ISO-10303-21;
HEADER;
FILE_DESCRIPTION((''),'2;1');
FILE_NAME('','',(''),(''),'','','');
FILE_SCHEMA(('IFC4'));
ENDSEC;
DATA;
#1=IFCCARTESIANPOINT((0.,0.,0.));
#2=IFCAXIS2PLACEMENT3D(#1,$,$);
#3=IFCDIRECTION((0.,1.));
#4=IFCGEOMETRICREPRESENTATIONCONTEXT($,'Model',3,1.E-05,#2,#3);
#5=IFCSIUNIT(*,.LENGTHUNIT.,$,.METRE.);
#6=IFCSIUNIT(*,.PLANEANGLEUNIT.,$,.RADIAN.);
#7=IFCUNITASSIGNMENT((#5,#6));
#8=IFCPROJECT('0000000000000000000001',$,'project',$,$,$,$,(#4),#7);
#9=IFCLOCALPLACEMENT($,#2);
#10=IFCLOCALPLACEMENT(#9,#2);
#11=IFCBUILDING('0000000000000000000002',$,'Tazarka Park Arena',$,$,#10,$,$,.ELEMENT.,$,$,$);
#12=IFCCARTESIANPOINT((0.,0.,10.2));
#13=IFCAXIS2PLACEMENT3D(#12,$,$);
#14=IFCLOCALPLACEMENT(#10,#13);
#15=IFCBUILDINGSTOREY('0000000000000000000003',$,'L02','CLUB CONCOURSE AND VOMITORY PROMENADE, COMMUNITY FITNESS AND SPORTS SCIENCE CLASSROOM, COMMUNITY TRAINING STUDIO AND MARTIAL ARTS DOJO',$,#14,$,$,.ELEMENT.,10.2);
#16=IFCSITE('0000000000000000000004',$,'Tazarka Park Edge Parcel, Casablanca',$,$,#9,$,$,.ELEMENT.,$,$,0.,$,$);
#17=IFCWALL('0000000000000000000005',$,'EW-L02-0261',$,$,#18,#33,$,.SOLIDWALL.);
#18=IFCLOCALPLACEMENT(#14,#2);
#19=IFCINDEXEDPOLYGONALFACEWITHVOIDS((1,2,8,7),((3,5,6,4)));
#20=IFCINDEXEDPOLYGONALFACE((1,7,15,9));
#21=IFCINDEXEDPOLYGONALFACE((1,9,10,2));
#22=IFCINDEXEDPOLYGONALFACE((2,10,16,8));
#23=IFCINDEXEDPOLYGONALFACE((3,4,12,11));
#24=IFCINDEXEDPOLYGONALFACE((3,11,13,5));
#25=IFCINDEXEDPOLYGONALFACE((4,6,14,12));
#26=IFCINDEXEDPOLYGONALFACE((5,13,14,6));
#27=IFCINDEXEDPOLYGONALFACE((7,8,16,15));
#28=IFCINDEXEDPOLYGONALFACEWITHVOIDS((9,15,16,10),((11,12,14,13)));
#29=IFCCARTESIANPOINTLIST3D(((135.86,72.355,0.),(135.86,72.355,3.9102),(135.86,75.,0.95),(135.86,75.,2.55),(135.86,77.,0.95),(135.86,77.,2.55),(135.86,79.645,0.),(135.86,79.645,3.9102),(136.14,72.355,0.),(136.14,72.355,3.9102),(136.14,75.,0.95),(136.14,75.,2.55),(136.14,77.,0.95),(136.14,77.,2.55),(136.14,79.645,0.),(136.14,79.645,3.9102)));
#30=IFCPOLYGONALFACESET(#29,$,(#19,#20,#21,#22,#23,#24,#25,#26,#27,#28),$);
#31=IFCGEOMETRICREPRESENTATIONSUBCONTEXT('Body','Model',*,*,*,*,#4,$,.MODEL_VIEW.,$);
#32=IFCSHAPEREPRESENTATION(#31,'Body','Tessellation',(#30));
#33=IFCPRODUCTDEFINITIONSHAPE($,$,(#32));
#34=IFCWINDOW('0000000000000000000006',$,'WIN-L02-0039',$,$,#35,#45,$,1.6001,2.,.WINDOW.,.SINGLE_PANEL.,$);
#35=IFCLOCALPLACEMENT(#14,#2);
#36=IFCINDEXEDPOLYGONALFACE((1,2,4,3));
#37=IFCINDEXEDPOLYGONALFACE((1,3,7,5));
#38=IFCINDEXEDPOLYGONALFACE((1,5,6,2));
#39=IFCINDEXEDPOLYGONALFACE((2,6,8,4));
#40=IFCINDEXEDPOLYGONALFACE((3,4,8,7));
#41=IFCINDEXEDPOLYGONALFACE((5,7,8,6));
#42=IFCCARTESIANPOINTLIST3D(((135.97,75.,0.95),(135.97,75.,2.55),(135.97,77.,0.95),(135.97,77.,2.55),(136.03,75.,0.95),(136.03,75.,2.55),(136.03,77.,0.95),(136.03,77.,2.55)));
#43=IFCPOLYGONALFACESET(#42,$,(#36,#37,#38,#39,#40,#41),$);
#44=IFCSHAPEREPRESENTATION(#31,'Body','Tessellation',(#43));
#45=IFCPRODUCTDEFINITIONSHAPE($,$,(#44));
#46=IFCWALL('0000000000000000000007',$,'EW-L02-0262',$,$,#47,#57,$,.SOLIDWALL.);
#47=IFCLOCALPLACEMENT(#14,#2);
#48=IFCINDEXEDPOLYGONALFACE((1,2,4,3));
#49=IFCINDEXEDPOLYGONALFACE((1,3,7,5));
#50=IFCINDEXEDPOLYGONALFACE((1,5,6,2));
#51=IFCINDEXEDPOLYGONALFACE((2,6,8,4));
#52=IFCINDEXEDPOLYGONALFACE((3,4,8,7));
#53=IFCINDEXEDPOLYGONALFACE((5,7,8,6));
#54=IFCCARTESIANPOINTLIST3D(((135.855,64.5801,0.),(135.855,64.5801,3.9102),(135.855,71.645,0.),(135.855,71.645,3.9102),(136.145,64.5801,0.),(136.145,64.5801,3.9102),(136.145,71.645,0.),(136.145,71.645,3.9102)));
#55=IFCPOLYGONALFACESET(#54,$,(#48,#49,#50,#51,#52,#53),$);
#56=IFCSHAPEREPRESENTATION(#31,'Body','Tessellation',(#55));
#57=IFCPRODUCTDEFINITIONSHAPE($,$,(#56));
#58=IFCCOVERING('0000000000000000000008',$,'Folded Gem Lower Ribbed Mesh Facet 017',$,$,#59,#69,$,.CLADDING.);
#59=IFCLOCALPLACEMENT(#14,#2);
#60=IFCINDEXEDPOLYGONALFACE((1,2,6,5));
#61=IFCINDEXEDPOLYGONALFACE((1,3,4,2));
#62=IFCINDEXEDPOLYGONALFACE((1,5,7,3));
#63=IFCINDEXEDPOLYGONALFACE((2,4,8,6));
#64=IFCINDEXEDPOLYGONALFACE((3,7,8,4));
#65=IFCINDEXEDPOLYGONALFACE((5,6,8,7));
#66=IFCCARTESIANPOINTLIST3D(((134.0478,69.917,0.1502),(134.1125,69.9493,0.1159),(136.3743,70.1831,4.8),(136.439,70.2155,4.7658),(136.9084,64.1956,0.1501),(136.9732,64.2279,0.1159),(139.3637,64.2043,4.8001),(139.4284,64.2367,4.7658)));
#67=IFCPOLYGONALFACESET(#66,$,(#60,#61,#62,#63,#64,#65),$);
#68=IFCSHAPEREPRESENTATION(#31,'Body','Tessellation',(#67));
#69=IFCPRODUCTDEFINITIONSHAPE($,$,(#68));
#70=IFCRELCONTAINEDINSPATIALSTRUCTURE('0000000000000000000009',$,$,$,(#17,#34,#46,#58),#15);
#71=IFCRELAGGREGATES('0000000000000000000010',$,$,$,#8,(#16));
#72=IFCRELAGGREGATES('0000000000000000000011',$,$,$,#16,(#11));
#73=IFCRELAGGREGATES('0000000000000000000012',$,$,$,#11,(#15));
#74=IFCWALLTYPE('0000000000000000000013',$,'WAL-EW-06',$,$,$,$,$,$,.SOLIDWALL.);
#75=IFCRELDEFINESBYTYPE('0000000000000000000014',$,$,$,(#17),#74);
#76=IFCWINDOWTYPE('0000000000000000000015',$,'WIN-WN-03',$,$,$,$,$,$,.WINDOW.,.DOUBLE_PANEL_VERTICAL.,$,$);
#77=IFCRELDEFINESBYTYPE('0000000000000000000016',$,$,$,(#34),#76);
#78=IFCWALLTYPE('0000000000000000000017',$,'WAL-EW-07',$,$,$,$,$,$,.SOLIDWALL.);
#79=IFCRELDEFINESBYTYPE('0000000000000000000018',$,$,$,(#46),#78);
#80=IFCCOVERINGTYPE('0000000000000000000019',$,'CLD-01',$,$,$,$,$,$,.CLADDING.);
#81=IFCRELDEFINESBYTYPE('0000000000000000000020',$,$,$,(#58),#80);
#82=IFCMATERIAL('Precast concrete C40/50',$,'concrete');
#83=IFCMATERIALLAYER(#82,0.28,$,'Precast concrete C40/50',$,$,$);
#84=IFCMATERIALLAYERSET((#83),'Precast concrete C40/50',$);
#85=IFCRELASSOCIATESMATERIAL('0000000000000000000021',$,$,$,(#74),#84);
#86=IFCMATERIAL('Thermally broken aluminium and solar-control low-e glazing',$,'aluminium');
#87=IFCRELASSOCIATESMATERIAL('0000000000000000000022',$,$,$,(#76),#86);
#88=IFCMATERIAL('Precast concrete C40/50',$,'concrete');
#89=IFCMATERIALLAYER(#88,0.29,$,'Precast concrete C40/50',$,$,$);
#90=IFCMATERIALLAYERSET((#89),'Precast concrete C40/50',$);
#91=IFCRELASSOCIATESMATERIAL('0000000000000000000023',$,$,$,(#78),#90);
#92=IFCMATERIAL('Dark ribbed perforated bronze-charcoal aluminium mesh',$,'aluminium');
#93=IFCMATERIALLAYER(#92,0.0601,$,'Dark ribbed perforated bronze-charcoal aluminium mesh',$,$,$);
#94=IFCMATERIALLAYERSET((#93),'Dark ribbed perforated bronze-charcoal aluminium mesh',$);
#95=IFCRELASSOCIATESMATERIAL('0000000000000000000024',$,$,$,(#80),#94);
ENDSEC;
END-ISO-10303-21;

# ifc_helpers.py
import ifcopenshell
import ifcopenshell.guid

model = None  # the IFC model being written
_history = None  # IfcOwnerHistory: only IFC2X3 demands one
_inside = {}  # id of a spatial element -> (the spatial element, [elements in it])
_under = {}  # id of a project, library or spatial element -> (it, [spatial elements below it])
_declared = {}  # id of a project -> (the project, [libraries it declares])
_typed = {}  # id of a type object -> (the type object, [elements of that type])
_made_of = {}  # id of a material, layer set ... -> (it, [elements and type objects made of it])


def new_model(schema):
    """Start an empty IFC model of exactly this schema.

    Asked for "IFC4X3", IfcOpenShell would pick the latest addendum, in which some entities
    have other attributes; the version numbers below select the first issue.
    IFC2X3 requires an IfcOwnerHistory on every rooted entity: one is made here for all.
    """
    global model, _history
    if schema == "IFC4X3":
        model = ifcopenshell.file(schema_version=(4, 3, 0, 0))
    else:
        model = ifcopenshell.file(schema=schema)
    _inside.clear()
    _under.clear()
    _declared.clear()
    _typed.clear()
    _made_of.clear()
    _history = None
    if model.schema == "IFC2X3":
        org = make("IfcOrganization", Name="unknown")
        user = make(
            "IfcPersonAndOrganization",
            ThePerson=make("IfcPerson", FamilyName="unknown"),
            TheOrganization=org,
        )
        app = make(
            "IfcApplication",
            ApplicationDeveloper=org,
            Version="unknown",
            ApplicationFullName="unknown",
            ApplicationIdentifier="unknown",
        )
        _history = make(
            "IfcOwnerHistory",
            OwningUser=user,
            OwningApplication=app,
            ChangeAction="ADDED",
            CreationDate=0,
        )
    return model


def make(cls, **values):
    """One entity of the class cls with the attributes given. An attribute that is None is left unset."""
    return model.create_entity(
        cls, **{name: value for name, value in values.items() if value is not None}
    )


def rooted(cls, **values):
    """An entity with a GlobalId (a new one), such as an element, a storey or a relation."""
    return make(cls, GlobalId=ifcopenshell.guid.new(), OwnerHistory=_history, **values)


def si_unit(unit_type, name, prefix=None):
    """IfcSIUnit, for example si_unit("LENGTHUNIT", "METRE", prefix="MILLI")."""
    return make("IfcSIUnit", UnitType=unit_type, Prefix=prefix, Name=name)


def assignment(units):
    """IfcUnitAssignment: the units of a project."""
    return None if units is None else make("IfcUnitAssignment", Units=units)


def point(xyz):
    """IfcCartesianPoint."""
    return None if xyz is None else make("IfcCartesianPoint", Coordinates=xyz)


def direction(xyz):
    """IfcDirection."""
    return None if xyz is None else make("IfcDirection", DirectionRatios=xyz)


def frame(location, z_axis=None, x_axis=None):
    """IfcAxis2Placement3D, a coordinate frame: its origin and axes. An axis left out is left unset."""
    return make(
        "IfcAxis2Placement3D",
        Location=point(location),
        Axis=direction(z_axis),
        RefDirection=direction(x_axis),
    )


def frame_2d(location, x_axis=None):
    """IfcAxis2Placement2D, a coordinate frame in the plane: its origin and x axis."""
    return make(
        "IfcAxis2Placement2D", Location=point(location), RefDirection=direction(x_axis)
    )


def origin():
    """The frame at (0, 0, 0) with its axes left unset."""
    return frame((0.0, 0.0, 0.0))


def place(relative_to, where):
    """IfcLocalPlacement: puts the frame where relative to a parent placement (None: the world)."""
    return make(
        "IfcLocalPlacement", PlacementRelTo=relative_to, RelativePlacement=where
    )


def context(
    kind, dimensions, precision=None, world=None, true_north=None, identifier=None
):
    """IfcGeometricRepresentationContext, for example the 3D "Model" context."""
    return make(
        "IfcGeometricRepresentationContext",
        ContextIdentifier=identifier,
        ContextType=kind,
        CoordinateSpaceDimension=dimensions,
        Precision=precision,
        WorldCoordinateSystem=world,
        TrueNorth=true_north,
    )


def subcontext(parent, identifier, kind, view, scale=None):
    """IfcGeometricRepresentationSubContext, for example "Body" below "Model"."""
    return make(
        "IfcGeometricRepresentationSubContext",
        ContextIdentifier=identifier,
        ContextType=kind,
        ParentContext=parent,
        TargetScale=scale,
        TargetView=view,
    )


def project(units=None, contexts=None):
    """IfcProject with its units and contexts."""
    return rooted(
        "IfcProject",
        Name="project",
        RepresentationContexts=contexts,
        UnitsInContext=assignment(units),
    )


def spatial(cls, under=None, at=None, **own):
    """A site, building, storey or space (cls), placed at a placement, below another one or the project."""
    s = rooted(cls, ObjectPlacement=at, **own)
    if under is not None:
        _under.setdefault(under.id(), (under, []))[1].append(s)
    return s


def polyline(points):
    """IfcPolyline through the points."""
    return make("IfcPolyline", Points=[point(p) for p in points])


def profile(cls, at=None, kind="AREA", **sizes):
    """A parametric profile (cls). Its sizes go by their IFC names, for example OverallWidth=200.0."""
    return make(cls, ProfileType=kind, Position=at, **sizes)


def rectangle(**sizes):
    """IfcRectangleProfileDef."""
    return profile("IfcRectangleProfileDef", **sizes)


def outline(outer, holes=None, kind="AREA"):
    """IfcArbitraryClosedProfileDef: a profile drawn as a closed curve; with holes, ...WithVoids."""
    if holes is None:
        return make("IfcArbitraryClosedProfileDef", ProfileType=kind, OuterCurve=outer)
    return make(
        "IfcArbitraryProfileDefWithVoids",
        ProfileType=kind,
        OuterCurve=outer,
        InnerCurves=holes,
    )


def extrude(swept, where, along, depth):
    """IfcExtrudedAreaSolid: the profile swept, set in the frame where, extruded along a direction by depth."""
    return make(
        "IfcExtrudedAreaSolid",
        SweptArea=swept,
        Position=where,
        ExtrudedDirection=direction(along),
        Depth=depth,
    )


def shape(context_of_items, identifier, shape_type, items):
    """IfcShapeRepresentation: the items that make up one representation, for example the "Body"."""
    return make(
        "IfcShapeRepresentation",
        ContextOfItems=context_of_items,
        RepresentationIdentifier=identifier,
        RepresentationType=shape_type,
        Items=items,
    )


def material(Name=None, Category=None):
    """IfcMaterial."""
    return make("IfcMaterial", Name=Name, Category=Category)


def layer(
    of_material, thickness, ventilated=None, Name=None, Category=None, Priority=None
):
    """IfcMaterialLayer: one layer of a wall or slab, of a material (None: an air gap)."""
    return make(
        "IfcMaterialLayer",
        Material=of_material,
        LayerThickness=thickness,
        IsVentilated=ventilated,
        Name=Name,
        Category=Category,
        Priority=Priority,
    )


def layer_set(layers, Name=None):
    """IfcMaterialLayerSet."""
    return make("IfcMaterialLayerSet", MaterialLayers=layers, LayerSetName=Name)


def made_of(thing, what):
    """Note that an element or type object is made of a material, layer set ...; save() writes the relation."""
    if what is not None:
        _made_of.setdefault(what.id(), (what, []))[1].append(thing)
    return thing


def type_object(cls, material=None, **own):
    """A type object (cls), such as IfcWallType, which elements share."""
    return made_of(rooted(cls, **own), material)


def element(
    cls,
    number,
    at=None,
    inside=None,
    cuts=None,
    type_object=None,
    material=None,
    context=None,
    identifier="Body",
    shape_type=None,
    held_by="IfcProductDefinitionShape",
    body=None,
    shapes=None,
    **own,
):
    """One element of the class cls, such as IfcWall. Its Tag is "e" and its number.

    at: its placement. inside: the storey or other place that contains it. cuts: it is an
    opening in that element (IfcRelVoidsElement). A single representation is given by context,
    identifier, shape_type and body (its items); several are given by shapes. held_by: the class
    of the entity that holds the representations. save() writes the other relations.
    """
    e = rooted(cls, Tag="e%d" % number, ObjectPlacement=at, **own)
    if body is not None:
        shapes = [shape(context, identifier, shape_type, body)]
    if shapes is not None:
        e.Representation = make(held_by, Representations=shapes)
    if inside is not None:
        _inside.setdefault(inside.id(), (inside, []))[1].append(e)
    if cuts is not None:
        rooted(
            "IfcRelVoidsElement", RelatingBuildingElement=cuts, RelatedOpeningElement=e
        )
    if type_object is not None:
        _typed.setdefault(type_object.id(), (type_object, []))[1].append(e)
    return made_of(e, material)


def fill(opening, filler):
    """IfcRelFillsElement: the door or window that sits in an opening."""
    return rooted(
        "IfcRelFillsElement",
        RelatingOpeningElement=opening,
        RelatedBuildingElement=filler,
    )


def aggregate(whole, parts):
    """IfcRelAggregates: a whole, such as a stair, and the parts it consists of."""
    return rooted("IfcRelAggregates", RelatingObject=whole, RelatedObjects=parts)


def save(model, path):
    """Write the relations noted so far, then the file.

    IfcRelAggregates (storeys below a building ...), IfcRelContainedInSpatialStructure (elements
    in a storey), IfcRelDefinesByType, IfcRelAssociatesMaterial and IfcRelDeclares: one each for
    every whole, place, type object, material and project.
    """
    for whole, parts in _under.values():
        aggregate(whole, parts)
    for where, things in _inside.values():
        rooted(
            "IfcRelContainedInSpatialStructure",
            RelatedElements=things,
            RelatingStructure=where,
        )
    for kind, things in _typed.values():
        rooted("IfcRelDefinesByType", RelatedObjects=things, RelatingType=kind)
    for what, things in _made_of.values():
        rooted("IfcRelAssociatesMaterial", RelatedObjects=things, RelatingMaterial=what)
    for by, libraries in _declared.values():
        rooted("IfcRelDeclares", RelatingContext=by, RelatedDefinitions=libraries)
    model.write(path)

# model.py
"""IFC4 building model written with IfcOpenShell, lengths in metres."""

from ifc_helpers import new_model, si_unit, direction, frame, frame_2d, origin, place, context, subcontext, project, spatial, polyline, rectangle, outline, extrude, material, layer, layer_set, type_object, element, fill, save


model = new_model("IFC4")

# Units and contexts
model_context = context("Model", 3, precision=1e-05, world=origin(), true_north=direction((0.0, 1.0)))
body_context = subcontext(model_context, "Body", "Model", "MODEL_VIEW")
ifc_project = project(units=[si_unit("LENGTHUNIT", "METRE"), si_unit("PLANEANGLEUNIT", "RADIAN")], contexts=[model_context])

# Site, building, storey
site_placement = place(None, origin())
site = spatial("IfcSite", under=ifc_project, at=site_placement, Name="Tazarka Park Edge Parcel, Casablanca", CompositionType="ELEMENT", RefElevation=0.0)
building_placement = place(site_placement, origin())
building = spatial("IfcBuilding", under=site, at=building_placement, Name="Tazarka Park Arena", CompositionType="ELEMENT")
storey_placement = place(building_placement, frame((0.0, 0.0, 10.2)))
storey = spatial("IfcBuildingStorey", under=building, at=storey_placement, Name="L02", Description="CLUB CONCOURSE AND VOMITORY PROMENADE, COMMUNITY FITNESS AND SPORTS SCIENCE CLASSROOM, COMMUNITY TRAINING STUDIO AND MARTIAL ARTS DOJO", CompositionType="ELEMENT", Elevation=10.2)

# Wall, opening, window
ifc_material_1 = material(Name="Precast concrete C40/50", Category="concrete")
ifc_layer_1 = layer(ifc_material_1, 0.28, Name="Precast concrete C40/50")
ifc_layer_set_1 = layer_set([ifc_layer_1], Name="Precast concrete C40/50")
wall_type_1 = type_object("IfcWallType", Name="WAL-EW-06", PredefinedType="SOLIDWALL", material=ifc_layer_set_1)
wall_1_placement = place(storey_placement, frame((136.0, 72.355, 0.0), z_axis=(0.0, 0.0, 1.0), x_axis=(0.0, 1.0, 0.0)))
wall_1 = element("IfcWall", 1, at=wall_1_placement, inside=storey, type_object=wall_type_1, Name="EW-L02-0261", PredefinedType="SOLIDWALL", context=body_context, shape_type="SweptSolid", body=[
    extrude(rectangle(XDim=7.29, YDim=0.28, at=frame_2d((3.645, 0.0))), origin(), (0.0, 0.0, 1.0), 3.9102),
])
opening_1_placement = place(wall_1_placement, frame((2.645, 0.0, 0.95)))
opening_1 = element("IfcOpeningElement", 2, at=opening_1_placement, cuts=wall_1, PredefinedType="OPENING", context=body_context, shape_type="SweptSolid", body=[
    extrude(rectangle(XDim=2.0, YDim=1.6001, at=frame_2d((1.0, 0.8))), frame((0.0, 0.1499, 0.0), z_axis=(0.0, -1.0, 0.0), x_axis=(1.0, 0.0, 0.0)), (0.0, 0.0, 1.0), 0.3),
])
ifc_material_2 = material(Name="Thermally broken aluminium and solar-control low-e glazing", Category="aluminium")
window_type = type_object("IfcWindowType", Name="WIN-WN-03", PartitioningType="DOUBLE_PANEL_VERTICAL", PredefinedType="WINDOW", material=ifc_material_2)
window_placement = place(opening_1_placement, origin())
window = element("IfcWindow", 3, at=window_placement, inside=storey, type_object=window_type, Name="WIN-L02-0039", OverallHeight=1.6001, OverallWidth=2.0, PartitioningType="SINGLE_PANEL", PredefinedType="WINDOW", context=body_context, shape_type="SweptSolid", body=[
    extrude(rectangle(XDim=2.0, YDim=1.6001, at=frame_2d((1.0, 0.8))), frame((0.0, 0.03, 0.0), z_axis=(0.0, -1.0, 0.0), x_axis=(1.0, 0.0, 0.0)), (0.0, 0.0, 1.0), 0.0601),
])
fill(opening_1, window)

# Wall
ifc_material_3 = material(Name="Precast concrete C40/50", Category="concrete")
ifc_layer_2 = layer(ifc_material_3, 0.29, Name="Precast concrete C40/50")
ifc_layer_set_2 = layer_set([ifc_layer_2], Name="Precast concrete C40/50")
wall_type_2 = type_object("IfcWallType", Name="WAL-EW-07", PredefinedType="SOLIDWALL", material=ifc_layer_set_2)
wall_2_placement = place(storey_placement, frame((136.0, 64.5801, 0.0), z_axis=(0.0, 0.0, 1.0), x_axis=(0.0, 1.0, 0.0)))
element("IfcWall", 4, at=wall_2_placement, inside=storey, type_object=wall_type_2, Name="EW-L02-0262", PredefinedType="SOLIDWALL", context=body_context, shape_type="SweptSolid", body=[
    extrude(rectangle(XDim=7.0649, YDim=0.29, at=frame_2d((3.5325, 0.0))), origin(), (0.0, 0.0, 1.0), 3.9102),
])

# Covering
ifc_material_4 = material(Name="Dark ribbed perforated bronze-charcoal aluminium mesh", Category="aluminium")
ifc_layer_3 = layer(ifc_material_4, 0.0601, Name="Dark ribbed perforated bronze-charcoal aluminium mesh")
ifc_layer_set_3 = layer_set([ifc_layer_3], Name="Dark ribbed perforated bronze-charcoal aluminium mesh")
covering_type = type_object("IfcCoveringType", Name="CLD-01", PredefinedType="CLADDING", material=ifc_layer_set_3)
covering_placement = place(storey_placement, frame((136.9084, 64.1956, 0.1501), z_axis=(-0.808506, -0.404253, 0.427664), x_axis=(-0.447211, 0.894429, 0.000007)))
element("IfcCovering", 5, at=covering_placement, inside=storey, type_object=covering_type, Name="Folded Gem Lower Ribbed Mesh Facet 017", PredefinedType="CLADDING", context=body_context, shape_type="SweptSolid", body=[
    extrude(outline(polyline([(0.0, 0.0), (6.3967, 0.0), (5.5944, -5.144), (-1.0902, -5.1441), (0.0, 0.0)])), origin(), (0.0, 0.0, -1.0), 0.0801),
])

save(model, "model.ifc")
